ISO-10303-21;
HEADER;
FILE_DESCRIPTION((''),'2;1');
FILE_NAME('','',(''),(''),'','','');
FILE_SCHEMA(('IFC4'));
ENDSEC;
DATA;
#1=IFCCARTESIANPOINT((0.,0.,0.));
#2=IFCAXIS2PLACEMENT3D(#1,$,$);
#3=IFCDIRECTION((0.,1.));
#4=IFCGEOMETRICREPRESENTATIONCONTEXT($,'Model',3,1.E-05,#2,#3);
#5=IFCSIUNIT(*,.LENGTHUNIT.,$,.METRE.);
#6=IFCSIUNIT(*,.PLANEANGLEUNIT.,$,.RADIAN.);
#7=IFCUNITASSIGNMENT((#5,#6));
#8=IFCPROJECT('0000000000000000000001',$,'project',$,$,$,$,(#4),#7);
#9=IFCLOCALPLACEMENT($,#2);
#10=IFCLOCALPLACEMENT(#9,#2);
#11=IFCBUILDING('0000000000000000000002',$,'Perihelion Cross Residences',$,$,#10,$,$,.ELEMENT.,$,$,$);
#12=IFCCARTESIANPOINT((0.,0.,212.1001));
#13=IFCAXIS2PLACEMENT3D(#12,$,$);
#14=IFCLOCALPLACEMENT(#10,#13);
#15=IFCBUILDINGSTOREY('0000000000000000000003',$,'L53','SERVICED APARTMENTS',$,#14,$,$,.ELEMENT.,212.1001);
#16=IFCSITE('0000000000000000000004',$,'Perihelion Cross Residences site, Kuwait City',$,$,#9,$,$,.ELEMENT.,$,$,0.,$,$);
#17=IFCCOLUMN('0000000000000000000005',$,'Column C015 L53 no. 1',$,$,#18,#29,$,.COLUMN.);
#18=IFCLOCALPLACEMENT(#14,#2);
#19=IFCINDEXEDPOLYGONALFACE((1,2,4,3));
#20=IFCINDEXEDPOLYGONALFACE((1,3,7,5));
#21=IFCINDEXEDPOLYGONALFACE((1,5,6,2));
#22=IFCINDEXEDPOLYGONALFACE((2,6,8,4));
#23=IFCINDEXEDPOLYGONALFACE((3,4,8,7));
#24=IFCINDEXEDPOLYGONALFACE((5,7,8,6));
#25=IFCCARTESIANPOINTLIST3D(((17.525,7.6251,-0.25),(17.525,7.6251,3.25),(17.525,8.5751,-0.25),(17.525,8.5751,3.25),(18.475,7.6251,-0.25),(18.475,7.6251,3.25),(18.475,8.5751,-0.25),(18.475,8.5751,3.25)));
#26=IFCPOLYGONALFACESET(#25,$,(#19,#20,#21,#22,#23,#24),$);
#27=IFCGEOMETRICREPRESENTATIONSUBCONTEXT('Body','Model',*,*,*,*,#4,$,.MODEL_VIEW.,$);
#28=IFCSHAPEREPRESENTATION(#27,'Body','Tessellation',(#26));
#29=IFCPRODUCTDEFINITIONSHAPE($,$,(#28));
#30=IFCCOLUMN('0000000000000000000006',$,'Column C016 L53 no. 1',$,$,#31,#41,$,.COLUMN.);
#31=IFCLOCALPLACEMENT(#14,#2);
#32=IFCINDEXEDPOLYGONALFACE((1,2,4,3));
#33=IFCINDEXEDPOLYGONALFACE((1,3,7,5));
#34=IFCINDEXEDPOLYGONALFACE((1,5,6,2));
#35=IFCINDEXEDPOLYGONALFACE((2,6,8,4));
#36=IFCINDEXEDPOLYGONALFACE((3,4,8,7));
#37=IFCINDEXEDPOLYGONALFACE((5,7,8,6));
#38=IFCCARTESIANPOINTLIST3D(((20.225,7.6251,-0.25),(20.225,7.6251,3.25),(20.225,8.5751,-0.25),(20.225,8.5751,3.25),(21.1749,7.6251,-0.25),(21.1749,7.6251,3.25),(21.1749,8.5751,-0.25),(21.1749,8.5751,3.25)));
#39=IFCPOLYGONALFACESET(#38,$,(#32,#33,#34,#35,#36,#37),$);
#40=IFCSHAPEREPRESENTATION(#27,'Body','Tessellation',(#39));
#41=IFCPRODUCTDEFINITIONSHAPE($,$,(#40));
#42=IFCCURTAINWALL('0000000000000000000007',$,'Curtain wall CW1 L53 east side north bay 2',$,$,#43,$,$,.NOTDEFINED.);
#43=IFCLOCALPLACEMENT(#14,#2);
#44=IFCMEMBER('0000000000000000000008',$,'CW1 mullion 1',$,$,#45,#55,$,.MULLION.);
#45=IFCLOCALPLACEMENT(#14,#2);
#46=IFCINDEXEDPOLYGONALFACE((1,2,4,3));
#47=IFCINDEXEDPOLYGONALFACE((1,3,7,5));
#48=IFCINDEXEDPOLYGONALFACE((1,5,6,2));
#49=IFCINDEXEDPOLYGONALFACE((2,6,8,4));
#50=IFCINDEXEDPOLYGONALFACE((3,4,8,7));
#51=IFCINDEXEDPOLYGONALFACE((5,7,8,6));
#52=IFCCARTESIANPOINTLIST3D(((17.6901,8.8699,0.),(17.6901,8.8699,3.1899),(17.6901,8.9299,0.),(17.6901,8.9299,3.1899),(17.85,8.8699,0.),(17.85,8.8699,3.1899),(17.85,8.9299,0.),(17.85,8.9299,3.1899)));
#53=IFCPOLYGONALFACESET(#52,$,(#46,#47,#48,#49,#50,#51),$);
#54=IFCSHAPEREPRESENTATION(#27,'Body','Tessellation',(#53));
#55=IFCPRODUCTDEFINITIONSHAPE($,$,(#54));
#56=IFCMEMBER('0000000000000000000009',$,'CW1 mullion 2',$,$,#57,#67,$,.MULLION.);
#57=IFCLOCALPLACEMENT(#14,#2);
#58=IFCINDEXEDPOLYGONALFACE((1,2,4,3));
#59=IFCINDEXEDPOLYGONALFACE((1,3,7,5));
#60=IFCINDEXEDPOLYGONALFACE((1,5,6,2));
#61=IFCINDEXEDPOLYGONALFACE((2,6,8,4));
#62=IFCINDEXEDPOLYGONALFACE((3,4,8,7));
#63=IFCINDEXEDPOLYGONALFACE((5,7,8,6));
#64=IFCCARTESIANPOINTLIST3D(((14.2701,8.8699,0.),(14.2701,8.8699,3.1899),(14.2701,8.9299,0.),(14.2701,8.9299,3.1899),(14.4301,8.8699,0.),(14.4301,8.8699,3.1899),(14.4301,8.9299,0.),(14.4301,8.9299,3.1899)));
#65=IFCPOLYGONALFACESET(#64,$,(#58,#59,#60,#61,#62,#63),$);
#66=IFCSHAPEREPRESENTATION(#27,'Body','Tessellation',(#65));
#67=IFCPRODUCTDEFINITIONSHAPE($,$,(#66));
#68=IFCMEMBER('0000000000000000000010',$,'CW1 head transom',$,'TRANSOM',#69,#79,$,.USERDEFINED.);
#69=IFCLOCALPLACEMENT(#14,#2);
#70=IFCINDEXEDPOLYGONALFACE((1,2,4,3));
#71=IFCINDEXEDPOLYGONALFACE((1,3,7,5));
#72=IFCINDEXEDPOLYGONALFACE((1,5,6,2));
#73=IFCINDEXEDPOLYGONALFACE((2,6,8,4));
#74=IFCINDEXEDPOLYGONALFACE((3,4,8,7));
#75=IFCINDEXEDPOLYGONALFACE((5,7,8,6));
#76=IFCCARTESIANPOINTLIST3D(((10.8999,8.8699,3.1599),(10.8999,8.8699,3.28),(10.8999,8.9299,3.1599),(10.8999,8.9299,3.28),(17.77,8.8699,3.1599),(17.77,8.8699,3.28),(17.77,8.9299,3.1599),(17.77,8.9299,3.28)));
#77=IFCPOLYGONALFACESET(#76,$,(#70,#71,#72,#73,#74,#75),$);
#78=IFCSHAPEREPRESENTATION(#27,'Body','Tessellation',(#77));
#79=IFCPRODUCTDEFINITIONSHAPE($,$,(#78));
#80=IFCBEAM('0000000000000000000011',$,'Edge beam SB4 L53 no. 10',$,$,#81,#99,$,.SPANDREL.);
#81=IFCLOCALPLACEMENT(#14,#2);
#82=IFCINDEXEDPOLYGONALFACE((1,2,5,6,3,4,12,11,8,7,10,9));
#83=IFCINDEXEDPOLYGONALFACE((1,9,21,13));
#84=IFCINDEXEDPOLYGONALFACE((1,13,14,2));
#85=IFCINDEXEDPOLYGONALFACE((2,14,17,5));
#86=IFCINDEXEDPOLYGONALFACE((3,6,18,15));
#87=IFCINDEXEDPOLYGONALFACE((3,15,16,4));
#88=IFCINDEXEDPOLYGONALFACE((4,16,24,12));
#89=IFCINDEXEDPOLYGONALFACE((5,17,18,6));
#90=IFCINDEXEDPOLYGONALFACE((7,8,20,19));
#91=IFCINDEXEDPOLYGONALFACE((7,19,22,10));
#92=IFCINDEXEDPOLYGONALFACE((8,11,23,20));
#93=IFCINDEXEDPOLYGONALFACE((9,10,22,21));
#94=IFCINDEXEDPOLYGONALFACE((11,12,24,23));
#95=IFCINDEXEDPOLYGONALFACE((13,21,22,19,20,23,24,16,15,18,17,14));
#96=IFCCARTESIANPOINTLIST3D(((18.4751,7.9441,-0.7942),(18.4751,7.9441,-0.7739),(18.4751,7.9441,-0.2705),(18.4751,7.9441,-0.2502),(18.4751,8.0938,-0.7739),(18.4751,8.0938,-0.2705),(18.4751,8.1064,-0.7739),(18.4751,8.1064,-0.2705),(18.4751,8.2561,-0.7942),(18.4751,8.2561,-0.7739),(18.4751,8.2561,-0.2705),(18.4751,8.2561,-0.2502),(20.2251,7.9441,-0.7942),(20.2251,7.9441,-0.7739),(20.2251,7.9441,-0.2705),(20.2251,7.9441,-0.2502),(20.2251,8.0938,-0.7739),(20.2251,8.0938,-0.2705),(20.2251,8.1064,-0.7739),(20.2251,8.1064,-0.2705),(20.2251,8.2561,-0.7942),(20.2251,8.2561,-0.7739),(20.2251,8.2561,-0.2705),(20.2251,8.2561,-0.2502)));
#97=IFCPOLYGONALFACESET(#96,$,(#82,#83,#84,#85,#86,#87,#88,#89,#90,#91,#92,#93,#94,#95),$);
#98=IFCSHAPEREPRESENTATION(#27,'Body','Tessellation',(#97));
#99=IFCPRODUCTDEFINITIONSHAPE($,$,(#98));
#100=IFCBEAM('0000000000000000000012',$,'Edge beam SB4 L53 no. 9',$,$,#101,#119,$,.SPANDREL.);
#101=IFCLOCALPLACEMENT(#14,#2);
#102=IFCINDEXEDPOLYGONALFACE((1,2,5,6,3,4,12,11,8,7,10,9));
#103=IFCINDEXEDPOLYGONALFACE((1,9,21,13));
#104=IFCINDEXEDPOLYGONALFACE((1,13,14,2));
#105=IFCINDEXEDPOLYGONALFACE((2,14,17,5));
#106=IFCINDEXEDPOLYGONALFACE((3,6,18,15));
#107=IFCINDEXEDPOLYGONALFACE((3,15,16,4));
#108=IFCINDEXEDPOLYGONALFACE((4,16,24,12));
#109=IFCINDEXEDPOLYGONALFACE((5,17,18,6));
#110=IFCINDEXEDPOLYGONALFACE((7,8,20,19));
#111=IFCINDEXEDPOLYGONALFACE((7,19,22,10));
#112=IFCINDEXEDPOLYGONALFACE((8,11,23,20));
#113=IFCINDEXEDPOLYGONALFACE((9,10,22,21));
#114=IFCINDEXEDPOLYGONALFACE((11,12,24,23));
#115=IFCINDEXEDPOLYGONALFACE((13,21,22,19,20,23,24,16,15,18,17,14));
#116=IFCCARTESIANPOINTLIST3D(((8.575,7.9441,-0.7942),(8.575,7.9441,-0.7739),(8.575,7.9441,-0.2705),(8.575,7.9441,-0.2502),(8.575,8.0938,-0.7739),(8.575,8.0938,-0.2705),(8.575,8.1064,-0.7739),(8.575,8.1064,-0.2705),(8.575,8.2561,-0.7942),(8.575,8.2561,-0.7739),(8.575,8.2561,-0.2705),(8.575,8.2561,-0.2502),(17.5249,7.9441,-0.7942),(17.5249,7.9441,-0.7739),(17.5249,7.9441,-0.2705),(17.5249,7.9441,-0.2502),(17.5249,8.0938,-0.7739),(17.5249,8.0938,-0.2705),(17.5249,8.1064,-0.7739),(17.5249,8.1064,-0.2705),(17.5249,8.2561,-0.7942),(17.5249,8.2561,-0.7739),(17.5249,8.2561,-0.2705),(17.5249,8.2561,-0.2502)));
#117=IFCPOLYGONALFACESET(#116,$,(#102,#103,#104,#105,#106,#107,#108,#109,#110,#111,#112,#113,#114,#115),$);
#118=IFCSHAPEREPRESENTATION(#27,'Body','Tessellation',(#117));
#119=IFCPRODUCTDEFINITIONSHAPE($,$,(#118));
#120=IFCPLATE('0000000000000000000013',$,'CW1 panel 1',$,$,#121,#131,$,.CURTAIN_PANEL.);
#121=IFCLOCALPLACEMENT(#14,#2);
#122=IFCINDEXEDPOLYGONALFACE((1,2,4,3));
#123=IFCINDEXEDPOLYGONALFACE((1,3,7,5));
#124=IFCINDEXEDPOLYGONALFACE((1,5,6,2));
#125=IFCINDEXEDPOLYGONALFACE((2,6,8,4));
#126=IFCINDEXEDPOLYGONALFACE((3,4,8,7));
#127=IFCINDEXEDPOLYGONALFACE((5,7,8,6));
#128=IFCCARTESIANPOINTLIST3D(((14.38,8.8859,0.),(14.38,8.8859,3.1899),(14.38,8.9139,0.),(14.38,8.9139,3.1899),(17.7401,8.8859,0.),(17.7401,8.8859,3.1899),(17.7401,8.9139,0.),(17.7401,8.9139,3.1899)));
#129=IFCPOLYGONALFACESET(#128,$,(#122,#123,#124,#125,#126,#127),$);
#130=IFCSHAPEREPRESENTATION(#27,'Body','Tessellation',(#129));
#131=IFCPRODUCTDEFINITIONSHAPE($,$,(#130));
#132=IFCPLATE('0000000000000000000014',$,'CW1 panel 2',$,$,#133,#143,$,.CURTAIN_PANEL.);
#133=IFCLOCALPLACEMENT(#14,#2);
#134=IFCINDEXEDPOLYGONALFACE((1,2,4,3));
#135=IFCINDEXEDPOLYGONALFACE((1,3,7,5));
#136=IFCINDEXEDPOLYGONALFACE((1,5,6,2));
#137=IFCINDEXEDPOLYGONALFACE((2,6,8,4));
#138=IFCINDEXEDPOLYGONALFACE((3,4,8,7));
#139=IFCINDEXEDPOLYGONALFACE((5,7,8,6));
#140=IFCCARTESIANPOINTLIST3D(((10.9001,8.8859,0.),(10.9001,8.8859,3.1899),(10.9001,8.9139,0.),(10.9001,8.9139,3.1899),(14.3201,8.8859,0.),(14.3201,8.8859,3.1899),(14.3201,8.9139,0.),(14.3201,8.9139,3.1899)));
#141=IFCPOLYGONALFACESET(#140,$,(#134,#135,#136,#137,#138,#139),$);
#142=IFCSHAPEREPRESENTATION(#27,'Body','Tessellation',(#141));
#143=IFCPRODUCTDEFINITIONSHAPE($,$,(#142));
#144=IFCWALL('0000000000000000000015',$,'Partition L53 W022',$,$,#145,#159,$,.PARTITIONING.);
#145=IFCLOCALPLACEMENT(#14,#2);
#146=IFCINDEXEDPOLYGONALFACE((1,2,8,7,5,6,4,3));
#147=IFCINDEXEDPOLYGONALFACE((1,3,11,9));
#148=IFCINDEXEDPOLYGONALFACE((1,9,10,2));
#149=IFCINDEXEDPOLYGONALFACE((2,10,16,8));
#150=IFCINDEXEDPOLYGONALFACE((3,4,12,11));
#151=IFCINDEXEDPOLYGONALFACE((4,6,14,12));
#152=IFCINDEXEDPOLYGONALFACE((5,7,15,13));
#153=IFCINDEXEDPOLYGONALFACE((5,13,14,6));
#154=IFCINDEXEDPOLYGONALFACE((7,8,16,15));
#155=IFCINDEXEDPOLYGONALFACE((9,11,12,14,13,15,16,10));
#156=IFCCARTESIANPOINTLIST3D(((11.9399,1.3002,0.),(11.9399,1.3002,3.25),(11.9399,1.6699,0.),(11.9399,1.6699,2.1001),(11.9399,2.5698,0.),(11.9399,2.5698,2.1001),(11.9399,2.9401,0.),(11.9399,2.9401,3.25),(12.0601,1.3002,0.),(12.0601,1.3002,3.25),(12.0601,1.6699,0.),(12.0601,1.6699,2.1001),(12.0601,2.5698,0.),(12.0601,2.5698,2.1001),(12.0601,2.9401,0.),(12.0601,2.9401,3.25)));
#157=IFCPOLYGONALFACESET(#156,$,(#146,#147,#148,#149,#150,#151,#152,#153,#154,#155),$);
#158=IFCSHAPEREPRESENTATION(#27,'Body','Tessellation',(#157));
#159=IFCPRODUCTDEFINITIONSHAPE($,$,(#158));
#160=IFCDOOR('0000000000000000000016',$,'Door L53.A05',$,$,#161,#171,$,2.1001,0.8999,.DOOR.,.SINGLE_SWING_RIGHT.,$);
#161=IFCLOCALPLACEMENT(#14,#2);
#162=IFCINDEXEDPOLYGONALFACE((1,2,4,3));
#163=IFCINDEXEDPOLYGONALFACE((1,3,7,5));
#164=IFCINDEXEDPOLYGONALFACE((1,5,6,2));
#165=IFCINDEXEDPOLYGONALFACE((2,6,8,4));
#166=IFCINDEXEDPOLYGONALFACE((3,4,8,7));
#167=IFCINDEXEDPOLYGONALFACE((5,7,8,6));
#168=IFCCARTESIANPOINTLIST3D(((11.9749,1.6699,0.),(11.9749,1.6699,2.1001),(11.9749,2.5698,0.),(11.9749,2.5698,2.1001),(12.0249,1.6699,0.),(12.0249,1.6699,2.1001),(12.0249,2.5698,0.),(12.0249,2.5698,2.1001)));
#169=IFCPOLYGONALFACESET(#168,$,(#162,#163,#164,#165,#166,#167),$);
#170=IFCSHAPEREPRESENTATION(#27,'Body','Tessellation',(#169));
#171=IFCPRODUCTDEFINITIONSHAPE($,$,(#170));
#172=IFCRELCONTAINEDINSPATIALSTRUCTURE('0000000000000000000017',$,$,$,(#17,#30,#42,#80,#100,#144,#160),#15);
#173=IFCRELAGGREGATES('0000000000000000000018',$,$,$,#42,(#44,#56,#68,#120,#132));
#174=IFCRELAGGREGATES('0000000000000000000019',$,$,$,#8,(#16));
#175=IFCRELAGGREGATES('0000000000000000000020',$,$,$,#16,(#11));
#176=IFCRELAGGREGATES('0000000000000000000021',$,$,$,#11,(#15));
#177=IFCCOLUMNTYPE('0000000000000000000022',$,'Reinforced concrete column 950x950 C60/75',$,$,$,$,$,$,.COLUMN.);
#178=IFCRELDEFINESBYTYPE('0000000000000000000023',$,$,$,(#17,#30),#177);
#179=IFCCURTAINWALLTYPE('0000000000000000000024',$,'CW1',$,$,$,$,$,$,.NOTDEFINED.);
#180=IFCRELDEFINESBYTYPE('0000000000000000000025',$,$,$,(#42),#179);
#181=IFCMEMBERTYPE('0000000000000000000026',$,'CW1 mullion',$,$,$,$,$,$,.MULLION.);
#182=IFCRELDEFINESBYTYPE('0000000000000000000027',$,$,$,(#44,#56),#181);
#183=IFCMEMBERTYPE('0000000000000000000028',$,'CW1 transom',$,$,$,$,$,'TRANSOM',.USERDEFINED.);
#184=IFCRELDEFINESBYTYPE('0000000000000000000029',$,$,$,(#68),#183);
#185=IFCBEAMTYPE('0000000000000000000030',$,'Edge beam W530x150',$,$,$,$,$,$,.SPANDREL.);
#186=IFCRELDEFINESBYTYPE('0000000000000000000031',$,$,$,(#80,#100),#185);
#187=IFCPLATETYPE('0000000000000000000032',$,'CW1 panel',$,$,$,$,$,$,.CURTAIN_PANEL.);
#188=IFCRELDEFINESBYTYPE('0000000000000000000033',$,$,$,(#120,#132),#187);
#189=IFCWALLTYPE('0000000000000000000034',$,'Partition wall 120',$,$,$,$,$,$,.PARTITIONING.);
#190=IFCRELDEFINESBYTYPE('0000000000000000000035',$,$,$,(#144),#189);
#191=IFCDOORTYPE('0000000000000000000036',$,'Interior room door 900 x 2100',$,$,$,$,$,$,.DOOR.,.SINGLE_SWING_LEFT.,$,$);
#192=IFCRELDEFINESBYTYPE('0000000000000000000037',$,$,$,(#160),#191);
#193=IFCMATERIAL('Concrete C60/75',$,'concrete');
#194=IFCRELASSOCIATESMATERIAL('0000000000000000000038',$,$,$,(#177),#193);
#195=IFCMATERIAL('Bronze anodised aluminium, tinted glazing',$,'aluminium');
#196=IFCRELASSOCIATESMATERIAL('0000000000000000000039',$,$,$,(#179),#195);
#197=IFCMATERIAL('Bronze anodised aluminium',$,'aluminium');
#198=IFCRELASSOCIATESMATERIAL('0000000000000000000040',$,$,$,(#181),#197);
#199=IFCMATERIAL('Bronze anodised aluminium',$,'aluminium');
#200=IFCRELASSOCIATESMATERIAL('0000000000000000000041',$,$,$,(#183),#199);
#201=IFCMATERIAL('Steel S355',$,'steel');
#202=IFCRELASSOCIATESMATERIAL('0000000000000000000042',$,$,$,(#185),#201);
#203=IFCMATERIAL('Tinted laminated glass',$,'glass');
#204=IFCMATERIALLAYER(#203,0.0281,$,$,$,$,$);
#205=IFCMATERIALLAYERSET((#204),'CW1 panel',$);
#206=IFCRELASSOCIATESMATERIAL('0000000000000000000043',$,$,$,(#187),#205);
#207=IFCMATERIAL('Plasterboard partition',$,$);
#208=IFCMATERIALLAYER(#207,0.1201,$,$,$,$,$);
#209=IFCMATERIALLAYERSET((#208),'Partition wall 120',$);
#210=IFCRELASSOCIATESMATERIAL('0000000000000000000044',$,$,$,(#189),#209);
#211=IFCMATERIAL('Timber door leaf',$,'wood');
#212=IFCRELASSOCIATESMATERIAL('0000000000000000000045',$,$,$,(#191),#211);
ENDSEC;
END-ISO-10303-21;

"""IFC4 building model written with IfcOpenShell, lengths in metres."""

from ifc_helpers import new_model, si_unit, direction, frame, frame_2d, origin, origin_2d, place, context, subcontext, project, spatial, rectangle, i_section, extrude, material, layer, layer_set, material_profile, profile_set, type_object, element, fill, aggregate, save


model = new_model("IFC4")

# Units and contexts
model_context = context("Model", 3, precision=1e-05, world=origin(), true_north=direction((0.0, 1.0)))
body_context = subcontext(model_context, "Body", "Model", "MODEL_VIEW")
ifc_project = project(units=[si_unit("LENGTHUNIT", "METRE"), si_unit("PLANEANGLEUNIT", "RADIAN")], contexts=[model_context])

# Site, building, storey
site_placement = place(None, origin())
site = spatial("IfcSite", under=ifc_project, at=site_placement, Name="Perihelion Cross Residences site, Kuwait City", CompositionType="ELEMENT", RefElevation=0.0)
building_placement = place(site_placement, origin())
building = spatial("IfcBuilding", under=site, at=building_placement, Name="Perihelion Cross Residences", CompositionType="ELEMENT")
storey_placement = place(building_placement, frame((0.0, 0.0, 212.1001)))
storey = spatial("IfcBuildingStorey", under=building, at=storey_placement, Name="L53", Description="SERVICED APARTMENTS", CompositionType="ELEMENT", Elevation=212.1001)

# Columns
ifc_material_1 = material(Name="Concrete C60/75", Category="concrete")
ifc_material_profile_1 = material_profile(ifc_material_1, rectangle(XDim=0.95, YDim=0.95, at=origin_2d()), Name="RC 950x950")
ifc_profile_set_1 = profile_set([ifc_material_profile_1], Name="Concrete C60/75")
column_type = type_object("IfcColumnType", Name="Reinforced concrete column 950x950 C60/75", PredefinedType="COLUMN", material=ifc_profile_set_1)
for number, where, z_axis, x_axis, name in (
    (1, (18.0, 8.1001, -0.25), (0.0, 0.0, 1.0), (1.0, 0.0, 0.0), "Column C015 L53 no. 1"),
    (2, (20.7, 8.1001, -0.25), (0.0, 0.0, 1.0), (1.0, 0.0, 0.0), "Column C016 L53 no. 1"),
):
    element("IfcColumn", number, at=place(storey_placement, frame(where, z_axis=z_axis, x_axis=x_axis)), inside=storey, type_object=column_type, Name=name, PredefinedType="COLUMN", context=body_context, shape_type="SweptSolid", body=[
        extrude(rectangle(XDim=0.95, YDim=0.95, at=origin_2d()), origin(), (0.0, 0.0, 1.0), 3.5),
    ])

# Curtain wall, members
ifc_material_2 = material(Name="Bronze anodised aluminium, tinted glazing", Category="aluminium")
curtain_wall_type = type_object("IfcCurtainWallType", Name="CW1", PredefinedType="NOTDEFINED", material=ifc_material_2)
curtain_wall_placement = place(storey_placement, origin())
curtain_wall = element("IfcCurtainWall", 3, at=curtain_wall_placement, inside=storey, type_object=curtain_wall_type, Name="Curtain wall CW1 L53 east side north bay 2", PredefinedType="NOTDEFINED")
ifc_material_3 = material(Name="Bronze anodised aluminium", Category="aluminium")
ifc_material_profile_2 = material_profile(ifc_material_3, rectangle(XDim=0.0601, YDim=0.1599, at=origin_2d()), Name="CW1 mullion")
ifc_profile_set_2 = profile_set([ifc_material_profile_2], Name="Bronze anodised aluminium")
member_type_1 = type_object("IfcMemberType", Name="CW1 mullion", PredefinedType="MULLION", material=ifc_profile_set_2)
member_1_placement = place(storey_placement, frame((17.77, 8.8999, 0.0), z_axis=(0.0, 0.0, 1.0), x_axis=(0.0, -1.0, 0.0)))
member_1 = element("IfcMember", 4, at=member_1_placement, type_object=member_type_1, Name="CW1 mullion 1", PredefinedType="MULLION", context=body_context, shape_type="SweptSolid", body=[
    extrude(rectangle(XDim=0.0601, YDim=0.1599, at=origin_2d()), origin(), (0.0, 0.0, 1.0), 3.1899),
])
member_2_placement = place(storey_placement, frame((14.3501, 8.8999, 0.0), z_axis=(0.0, 0.0, 1.0), x_axis=(0.0, -1.0, 0.0)))
member_2 = element("IfcMember", 5, at=member_2_placement, type_object=member_type_1, Name="CW1 mullion 2", PredefinedType="MULLION", context=body_context, shape_type="SweptSolid", body=[
    extrude(rectangle(XDim=0.0601, YDim=0.1599, at=origin_2d()), origin(), (0.0, 0.0, 1.0), 3.1899),
])
ifc_material_4 = material(Name="Bronze anodised aluminium", Category="aluminium")
ifc_material_profile_3 = material_profile(ifc_material_4, rectangle(XDim=0.0601, YDim=0.1201, at=origin_2d()), Name="CW1 transom")
ifc_profile_set_3 = profile_set([ifc_material_profile_3], Name="Bronze anodised aluminium")
member_type_2 = type_object("IfcMemberType", Name="CW1 transom", ElementType="TRANSOM", PredefinedType="USERDEFINED", material=ifc_profile_set_3)
member_3_placement = place(storey_placement, frame((17.77, 8.8999, 3.22), z_axis=(-1.0, 0.0, 0.0), x_axis=(0.0, -1.0, 0.0)))
member_3 = element("IfcMember", 6, at=member_3_placement, type_object=member_type_2, Name="CW1 head transom", ObjectType="TRANSOM", PredefinedType="USERDEFINED", context=body_context, shape_type="SweptSolid", body=[
    extrude(rectangle(XDim=0.0601, YDim=0.1201, at=origin_2d()), origin(), (0.0, 0.0, 1.0), 6.8701),
])

# Beams
ifc_material_5 = material(Name="Steel S355", Category="steel")
ifc_material_profile_4 = material_profile(ifc_material_5, i_section(OverallWidth=0.312, OverallDepth=0.5439, WebThickness=0.0127, FlangeThickness=0.0203, at=origin_2d()), Name="W530x150")
ifc_profile_set_4 = profile_set([ifc_material_profile_4], Name="Steel S355")
beam_type = type_object("IfcBeamType", Name="Edge beam W530x150", PredefinedType="SPANDREL", material=ifc_profile_set_4)
beam_1_placement = place(storey_placement, frame((20.2251, 8.1001, -0.5222), z_axis=(-1.0, 0.0, 0.0), x_axis=(0.0, -1.0, 0.0)))
element("IfcBeam", 7, at=beam_1_placement, inside=storey, type_object=beam_type, Name="Edge beam SB4 L53 no. 10", PredefinedType="SPANDREL", context=body_context, shape_type="SweptSolid", body=[
    extrude(i_section(OverallWidth=0.312, OverallDepth=0.5439, WebThickness=0.0127, FlangeThickness=0.0203, at=origin_2d()), origin(), (0.0, 0.0, 1.0), 1.75),
])
beam_2_placement = place(storey_placement, frame((17.5249, 8.1001, -0.5222), z_axis=(-1.0, 0.0, 0.0), x_axis=(0.0, -1.0, 0.0)))
element("IfcBeam", 8, at=beam_2_placement, inside=storey, type_object=beam_type, Name="Edge beam SB4 L53 no. 9", PredefinedType="SPANDREL", context=body_context, shape_type="SweptSolid", body=[
    extrude(i_section(OverallWidth=0.312, OverallDepth=0.5439, WebThickness=0.0127, FlangeThickness=0.0203, at=origin_2d()), origin(), (0.0, 0.0, 1.0), 8.95),
])

# Plates
ifc_material_6 = material(Name="Tinted laminated glass", Category="glass")
ifc_layer_1 = layer(ifc_material_6, 0.0281)
ifc_layer_set_1 = layer_set([ifc_layer_1], Name="CW1 panel")
plate_type = type_object("IfcPlateType", Name="CW1 panel", PredefinedType="CURTAIN_PANEL", material=ifc_layer_set_1)
plate_1_placement = place(storey_placement, frame((16.0601, 8.8999, 0.0), z_axis=(0.0, 0.0, 1.0), x_axis=(-1.0, 0.0, 0.0)))
plate_1 = element("IfcPlate", 9, at=plate_1_placement, type_object=plate_type, Name="CW1 panel 1", PredefinedType="CURTAIN_PANEL", context=body_context, shape_type="SweptSolid", body=[
    extrude(rectangle(XDim=3.3601, YDim=0.0281, at=origin_2d()), origin(), (0.0, 0.0, 1.0), 3.1899),
])
plate_2_placement = place(storey_placement, frame((12.6101, 8.8999, 0.0), z_axis=(0.0, 0.0, 1.0), x_axis=(-1.0, 0.0, 0.0)))
plate_2 = element("IfcPlate", 10, at=plate_2_placement, type_object=plate_type, Name="CW1 panel 2", PredefinedType="CURTAIN_PANEL", context=body_context, shape_type="SweptSolid", body=[
    extrude(rectangle(XDim=3.4199, YDim=0.0281, at=origin_2d()), origin(), (0.0, 0.0, 1.0), 3.1899),
])
aggregate(curtain_wall, [member_1, member_2, member_3, plate_1, plate_2])

# Wall, opening, door
ifc_material_7 = material(Name="Plasterboard partition")
ifc_layer_2 = layer(ifc_material_7, 0.1201)
ifc_layer_set_2 = layer_set([ifc_layer_2], Name="Partition wall 120")
wall_type_1 = type_object("IfcWallType", Name="Partition wall 120", PredefinedType="PARTITIONING", material=ifc_layer_set_2)
wall_1_placement = place(storey_placement, frame((12.0, 2.9399, 0.0), z_axis=(0.0, 0.0, 1.0), x_axis=(0.0, -1.0, 0.0)))
wall_1 = element("IfcWall", 11, at=wall_1_placement, inside=storey, type_object=wall_type_1, Name="Partition L53 W022", PredefinedType="PARTITIONING", context=body_context, shape_type="SweptSolid", body=[
    extrude(rectangle(XDim=1.6399, YDim=0.1201, at=frame_2d((0.8198, 0.0))), origin(), (0.0, 0.0, 1.0), 3.25),
])
opening_1_placement = place(wall_1_placement, frame((0.3701, 0.0, 0.0)))
opening_1 = element("IfcOpeningElement", 12, at=opening_1_placement, cuts=wall_1, PredefinedType="OPENING", context=body_context, shape_type="SweptSolid", body=[
    extrude(rectangle(XDim=0.8999, YDim=2.1001, at=frame_2d((0.45, 1.05))), frame((0.0, 0.0701, 0.0), z_axis=(0.0, -1.0, 0.0), x_axis=(1.0, 0.0, 0.0)), (0.0, 0.0, 1.0), 0.1401),
])
ifc_material_8 = material(Name="Timber door leaf", Category="wood")
door_type_1 = type_object("IfcDoorType", Name="Interior room door 900 x 2100", OperationType="SINGLE_SWING_LEFT", PredefinedType="DOOR", material=ifc_material_8)
door_1_placement = place(opening_1_placement, origin())
door_1 = element("IfcDoor", 13, at=door_1_placement, inside=storey, type_object=door_type_1, Name="Door L53.A05", OperationType="SINGLE_SWING_RIGHT", OverallHeight=2.1001, OverallWidth=0.8999, PredefinedType="DOOR", context=body_context, shape_type="SweptSolid", body=[
    extrude(rectangle(XDim=0.8999, YDim=2.1001, at=frame_2d((0.45, 1.05))), frame((0.0, 0.0249, 0.0), z_axis=(0.0, -1.0, 0.0), x_axis=(1.0, 0.0, 0.0)), (0.0, 0.0, 1.0), 0.05),
])
fill(opening_1, door_1)

save(model, "model.ifc")
